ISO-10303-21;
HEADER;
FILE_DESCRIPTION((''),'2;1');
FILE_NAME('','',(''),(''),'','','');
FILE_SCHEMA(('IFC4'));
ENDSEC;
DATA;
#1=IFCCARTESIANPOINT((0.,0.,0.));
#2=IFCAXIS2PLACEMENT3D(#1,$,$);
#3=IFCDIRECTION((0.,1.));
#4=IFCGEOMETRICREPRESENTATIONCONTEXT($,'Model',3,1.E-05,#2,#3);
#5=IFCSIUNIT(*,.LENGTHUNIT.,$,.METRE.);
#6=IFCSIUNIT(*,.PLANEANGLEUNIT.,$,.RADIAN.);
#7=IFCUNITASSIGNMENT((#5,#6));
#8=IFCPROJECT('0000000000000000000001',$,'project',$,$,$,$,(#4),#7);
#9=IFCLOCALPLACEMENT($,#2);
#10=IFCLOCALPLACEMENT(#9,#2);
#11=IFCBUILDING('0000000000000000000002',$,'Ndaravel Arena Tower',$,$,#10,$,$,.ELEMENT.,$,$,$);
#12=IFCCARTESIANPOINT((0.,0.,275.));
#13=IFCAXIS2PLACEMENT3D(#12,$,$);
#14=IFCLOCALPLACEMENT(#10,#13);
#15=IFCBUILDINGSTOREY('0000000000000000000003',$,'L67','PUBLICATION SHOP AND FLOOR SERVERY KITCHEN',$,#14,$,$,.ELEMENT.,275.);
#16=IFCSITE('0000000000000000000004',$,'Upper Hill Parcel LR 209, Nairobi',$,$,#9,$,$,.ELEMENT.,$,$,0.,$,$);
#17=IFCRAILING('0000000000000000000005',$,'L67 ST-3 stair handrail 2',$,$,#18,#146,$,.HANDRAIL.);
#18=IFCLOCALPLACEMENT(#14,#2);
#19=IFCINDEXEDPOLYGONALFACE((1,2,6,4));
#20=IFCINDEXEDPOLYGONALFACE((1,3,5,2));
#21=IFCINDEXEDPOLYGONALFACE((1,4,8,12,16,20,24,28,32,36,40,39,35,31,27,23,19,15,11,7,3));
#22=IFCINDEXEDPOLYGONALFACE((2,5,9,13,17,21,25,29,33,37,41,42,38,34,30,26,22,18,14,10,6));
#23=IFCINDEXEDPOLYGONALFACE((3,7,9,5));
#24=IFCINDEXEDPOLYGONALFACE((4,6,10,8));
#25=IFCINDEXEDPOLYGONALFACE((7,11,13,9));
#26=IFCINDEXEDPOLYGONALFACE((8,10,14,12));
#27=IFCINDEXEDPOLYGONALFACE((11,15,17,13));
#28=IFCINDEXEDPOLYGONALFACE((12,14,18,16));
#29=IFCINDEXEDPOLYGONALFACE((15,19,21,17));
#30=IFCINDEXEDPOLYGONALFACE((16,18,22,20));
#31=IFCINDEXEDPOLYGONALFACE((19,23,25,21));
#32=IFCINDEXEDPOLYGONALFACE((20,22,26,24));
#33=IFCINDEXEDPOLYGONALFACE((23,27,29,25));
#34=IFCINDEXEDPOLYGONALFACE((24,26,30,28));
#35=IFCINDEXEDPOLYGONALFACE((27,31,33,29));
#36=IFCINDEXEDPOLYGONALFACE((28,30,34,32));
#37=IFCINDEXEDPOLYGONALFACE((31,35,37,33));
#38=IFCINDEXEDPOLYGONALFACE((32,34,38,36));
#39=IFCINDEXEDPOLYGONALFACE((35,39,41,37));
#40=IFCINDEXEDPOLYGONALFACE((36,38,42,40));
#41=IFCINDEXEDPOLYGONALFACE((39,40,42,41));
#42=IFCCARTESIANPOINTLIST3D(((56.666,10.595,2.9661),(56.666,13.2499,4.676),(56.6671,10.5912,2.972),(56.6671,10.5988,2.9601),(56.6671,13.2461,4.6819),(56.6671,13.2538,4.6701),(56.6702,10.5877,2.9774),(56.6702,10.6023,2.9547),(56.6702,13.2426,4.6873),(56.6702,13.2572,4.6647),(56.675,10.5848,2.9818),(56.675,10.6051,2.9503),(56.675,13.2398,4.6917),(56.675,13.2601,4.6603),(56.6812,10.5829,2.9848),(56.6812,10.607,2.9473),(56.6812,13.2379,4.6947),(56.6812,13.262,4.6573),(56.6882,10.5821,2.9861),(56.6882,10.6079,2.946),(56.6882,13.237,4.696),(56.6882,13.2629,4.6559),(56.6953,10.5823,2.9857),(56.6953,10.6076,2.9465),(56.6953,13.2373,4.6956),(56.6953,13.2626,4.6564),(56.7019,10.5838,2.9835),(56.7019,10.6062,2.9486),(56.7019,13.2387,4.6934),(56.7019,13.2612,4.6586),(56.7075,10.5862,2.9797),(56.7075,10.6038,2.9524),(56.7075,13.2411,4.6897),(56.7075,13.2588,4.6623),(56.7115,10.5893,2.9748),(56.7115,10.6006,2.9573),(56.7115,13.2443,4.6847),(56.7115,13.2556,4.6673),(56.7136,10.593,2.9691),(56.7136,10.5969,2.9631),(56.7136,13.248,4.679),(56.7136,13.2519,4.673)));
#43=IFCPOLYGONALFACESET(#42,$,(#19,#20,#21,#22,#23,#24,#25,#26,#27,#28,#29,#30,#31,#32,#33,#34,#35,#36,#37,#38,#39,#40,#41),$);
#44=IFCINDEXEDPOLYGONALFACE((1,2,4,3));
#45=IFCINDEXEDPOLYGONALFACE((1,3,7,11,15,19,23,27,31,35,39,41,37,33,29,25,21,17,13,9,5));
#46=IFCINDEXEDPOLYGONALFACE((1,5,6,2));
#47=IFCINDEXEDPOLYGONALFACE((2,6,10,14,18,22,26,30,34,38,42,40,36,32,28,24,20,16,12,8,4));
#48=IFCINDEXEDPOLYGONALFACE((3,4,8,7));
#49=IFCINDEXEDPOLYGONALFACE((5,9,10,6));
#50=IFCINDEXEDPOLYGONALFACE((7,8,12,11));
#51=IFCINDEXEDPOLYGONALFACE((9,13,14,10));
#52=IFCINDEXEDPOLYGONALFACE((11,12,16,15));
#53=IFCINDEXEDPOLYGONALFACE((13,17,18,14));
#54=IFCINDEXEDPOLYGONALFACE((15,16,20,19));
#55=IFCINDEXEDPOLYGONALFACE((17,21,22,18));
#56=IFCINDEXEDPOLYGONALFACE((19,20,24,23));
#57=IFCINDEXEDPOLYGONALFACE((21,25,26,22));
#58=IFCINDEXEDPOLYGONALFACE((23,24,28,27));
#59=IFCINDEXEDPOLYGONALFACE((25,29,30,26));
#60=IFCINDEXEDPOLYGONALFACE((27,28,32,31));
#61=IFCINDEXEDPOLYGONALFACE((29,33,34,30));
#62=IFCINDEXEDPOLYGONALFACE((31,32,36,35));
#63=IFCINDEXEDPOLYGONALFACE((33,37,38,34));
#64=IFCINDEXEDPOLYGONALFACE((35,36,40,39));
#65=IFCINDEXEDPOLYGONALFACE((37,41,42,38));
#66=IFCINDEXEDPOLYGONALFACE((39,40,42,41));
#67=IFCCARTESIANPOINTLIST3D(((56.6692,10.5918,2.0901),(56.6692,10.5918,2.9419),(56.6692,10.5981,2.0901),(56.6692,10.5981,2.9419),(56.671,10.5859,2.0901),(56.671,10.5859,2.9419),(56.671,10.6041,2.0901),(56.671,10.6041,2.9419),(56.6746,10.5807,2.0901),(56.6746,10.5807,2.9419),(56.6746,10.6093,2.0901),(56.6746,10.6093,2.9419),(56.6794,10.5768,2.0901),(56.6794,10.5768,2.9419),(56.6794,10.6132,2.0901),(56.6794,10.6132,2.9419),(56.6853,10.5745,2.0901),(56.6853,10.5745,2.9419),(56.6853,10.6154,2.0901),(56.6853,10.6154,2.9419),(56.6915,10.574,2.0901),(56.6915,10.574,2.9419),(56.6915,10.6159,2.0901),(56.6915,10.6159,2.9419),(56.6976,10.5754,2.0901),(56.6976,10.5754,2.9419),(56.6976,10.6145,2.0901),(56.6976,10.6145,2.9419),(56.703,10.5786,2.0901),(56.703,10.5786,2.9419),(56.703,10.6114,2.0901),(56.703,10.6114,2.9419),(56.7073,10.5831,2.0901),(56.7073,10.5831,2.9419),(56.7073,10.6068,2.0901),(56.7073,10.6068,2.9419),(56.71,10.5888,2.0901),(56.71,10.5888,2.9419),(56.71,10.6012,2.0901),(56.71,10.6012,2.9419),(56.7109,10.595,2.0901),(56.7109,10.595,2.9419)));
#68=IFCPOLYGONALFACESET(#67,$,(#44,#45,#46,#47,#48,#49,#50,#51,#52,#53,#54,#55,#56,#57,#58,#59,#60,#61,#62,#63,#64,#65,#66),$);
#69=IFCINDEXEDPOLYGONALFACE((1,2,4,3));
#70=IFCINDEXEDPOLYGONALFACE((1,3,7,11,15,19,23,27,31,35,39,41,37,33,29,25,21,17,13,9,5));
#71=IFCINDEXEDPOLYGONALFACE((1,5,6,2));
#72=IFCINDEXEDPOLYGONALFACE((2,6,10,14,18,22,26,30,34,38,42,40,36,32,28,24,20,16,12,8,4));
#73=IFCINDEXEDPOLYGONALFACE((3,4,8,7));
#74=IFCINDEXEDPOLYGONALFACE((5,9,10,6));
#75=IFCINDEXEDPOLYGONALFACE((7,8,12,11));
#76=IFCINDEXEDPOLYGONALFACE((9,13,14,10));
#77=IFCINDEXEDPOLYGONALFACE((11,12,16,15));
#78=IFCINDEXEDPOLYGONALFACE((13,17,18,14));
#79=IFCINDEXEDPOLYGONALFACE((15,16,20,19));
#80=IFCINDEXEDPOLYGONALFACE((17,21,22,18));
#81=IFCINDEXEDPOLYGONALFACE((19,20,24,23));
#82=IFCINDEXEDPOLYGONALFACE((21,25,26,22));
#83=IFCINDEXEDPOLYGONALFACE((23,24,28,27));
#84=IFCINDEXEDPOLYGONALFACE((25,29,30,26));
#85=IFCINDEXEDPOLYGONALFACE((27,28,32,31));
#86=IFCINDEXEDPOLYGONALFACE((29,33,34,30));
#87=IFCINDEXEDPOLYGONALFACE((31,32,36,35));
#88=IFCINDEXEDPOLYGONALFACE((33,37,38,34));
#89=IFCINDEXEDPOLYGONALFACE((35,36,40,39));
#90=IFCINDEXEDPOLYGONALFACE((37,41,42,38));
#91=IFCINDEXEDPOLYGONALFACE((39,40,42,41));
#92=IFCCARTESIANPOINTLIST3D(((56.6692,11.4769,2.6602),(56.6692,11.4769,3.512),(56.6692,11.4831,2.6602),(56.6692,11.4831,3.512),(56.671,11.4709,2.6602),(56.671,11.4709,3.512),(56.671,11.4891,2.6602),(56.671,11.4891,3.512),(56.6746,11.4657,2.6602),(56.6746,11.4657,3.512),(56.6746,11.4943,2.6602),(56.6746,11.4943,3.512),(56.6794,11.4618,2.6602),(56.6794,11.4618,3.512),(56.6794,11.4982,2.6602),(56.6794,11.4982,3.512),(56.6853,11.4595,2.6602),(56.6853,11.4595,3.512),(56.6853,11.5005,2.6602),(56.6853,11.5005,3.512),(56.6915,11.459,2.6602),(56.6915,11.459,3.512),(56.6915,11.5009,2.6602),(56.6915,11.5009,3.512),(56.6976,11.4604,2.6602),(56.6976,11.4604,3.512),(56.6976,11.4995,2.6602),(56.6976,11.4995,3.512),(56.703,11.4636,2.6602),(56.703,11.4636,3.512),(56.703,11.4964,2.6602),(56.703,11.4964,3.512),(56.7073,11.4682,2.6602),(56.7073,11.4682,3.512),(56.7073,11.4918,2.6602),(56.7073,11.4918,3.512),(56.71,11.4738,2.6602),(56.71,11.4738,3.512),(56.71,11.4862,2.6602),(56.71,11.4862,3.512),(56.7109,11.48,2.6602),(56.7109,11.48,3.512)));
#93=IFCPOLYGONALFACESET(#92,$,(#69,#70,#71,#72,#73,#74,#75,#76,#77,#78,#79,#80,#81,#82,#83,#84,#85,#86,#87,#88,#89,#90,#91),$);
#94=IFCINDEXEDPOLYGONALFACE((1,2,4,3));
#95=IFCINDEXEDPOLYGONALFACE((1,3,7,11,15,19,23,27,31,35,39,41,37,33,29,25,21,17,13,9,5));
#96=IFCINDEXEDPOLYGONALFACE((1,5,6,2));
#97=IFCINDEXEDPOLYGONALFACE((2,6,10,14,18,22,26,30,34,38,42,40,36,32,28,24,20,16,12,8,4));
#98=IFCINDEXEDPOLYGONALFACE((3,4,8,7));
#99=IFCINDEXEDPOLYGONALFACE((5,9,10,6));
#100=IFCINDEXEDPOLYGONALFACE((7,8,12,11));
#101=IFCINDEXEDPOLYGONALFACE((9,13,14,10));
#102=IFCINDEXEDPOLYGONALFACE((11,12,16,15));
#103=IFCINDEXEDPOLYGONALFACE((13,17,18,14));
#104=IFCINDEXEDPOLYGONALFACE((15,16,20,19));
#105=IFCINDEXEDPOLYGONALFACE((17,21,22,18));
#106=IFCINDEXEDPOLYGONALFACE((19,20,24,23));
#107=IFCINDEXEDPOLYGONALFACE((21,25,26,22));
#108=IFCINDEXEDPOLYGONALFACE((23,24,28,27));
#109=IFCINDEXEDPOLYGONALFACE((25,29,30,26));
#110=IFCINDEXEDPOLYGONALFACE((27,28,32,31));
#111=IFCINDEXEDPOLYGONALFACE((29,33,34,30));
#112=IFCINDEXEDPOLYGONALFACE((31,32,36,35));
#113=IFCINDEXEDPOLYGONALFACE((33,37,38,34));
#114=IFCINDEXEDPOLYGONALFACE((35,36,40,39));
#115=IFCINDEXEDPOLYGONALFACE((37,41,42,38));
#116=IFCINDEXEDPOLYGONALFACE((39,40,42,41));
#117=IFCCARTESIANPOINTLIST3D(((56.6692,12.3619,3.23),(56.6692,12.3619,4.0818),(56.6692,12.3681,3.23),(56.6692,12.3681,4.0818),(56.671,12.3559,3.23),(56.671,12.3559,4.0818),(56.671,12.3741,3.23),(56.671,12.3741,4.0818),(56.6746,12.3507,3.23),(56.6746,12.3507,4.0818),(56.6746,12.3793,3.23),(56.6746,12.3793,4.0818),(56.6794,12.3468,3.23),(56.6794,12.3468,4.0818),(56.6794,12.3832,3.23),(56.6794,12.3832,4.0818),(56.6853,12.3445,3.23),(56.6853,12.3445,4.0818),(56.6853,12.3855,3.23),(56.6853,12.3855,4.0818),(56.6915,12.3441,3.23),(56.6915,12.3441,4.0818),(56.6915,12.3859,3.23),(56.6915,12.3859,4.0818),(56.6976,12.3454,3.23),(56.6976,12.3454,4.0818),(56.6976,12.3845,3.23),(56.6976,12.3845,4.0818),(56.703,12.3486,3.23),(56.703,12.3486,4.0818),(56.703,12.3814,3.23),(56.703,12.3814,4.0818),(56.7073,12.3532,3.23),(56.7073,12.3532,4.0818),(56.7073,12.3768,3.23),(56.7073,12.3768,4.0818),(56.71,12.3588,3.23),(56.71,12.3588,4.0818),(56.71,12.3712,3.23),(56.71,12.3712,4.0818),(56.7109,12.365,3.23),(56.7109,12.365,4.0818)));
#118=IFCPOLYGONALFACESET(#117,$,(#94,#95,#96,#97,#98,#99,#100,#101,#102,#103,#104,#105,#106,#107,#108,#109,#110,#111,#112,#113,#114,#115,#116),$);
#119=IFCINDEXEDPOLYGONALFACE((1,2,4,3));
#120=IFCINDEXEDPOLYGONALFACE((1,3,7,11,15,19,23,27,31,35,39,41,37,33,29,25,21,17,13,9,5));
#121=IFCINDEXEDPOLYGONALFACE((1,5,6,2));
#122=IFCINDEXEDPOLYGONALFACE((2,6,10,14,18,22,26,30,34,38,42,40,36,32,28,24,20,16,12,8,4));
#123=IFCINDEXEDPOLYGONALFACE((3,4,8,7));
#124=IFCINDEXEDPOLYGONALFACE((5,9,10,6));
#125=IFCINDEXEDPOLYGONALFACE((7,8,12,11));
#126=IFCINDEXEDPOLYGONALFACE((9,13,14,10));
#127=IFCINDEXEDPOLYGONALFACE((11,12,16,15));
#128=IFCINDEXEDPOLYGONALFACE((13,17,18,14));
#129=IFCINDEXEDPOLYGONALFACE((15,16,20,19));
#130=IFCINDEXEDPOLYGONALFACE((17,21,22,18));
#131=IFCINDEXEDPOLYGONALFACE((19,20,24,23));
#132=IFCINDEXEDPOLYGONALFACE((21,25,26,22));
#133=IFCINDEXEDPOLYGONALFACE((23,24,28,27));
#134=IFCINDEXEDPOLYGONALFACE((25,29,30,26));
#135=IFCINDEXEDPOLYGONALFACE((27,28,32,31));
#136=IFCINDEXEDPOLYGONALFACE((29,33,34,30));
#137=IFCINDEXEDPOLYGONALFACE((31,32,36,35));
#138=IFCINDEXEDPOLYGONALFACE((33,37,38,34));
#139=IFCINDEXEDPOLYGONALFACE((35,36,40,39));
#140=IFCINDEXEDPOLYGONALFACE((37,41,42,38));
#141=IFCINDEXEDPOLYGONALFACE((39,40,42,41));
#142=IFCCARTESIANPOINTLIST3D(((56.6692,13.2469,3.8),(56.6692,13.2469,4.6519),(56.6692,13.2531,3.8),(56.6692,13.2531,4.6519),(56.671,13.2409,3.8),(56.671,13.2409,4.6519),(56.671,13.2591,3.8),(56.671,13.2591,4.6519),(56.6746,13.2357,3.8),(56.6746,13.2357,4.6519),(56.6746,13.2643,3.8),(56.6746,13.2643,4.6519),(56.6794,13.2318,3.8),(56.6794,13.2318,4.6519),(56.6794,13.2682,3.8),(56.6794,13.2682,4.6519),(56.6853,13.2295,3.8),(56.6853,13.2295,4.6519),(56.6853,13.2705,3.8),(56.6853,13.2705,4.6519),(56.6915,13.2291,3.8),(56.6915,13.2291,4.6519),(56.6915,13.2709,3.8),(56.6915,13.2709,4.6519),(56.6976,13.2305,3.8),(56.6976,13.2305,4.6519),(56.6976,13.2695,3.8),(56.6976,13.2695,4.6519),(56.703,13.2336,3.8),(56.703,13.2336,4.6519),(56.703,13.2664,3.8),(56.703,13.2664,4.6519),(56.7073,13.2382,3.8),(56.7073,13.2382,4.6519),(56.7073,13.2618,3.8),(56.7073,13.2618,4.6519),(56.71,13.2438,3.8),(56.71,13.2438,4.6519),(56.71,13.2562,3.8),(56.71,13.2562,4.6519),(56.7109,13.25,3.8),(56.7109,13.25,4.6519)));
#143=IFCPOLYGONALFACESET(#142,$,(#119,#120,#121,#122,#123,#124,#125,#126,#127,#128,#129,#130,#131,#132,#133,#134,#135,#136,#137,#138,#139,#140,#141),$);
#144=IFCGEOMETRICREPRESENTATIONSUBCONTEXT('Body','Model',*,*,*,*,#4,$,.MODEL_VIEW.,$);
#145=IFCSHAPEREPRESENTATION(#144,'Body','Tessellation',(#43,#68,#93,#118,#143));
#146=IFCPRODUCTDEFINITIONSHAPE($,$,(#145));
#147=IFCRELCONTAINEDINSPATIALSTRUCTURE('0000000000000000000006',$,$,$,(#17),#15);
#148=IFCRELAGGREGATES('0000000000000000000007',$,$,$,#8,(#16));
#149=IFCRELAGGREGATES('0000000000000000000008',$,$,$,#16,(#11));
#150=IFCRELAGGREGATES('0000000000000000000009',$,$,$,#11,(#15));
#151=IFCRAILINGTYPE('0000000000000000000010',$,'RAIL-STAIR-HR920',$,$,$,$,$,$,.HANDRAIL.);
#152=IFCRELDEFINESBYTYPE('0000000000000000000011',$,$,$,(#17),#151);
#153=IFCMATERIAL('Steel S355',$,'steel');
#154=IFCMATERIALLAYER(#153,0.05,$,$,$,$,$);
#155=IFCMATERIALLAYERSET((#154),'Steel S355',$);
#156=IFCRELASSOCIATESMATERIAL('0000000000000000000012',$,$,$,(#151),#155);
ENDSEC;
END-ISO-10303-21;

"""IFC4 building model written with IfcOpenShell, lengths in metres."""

from ifc_helpers import new_model, si_unit, direction, frame, origin, origin_2d, place, context, subcontext, project, spatial, circle, extrude, material, layer, layer_set, type_object, element, save


model = new_model("IFC4")

# Units and contexts
model_context = context("Model", 3, precision=1e-05, world=origin(), true_north=direction((0.0, 1.0)))
body_context = subcontext(model_context, "Body", "Model", "MODEL_VIEW")
ifc_project = project(units=[si_unit("LENGTHUNIT", "METRE"), si_unit("PLANEANGLEUNIT", "RADIAN")], contexts=[model_context])

# Site, building, storey
site_placement = place(None, origin())
site = spatial("IfcSite", under=ifc_project, at=site_placement, Name="Upper Hill Parcel LR 209, Nairobi", CompositionType="ELEMENT", RefElevation=0.0)
building_placement = place(site_placement, origin())
building = spatial("IfcBuilding", under=site, at=building_placement, Name="Ndaravel Arena Tower", CompositionType="ELEMENT")
storey_placement = place(building_placement, frame((0.0, 0.0, 275.0)))
storey = spatial("IfcBuildingStorey", under=building, at=storey_placement, Name="L67", Description="PUBLICATION SHOP AND FLOOR SERVERY KITCHEN", CompositionType="ELEMENT", Elevation=275.0)

# Railing
ifc_material_1 = material(Name="Steel S355", Category="steel")
ifc_layer_1 = layer(ifc_material_1, 0.05)
ifc_layer_set_1 = layer_set([ifc_layer_1], Name="Steel S355")
railing_type_1 = type_object("IfcRailingType", Name="RAIL-STAIR-HR920", PredefinedType="HANDRAIL", material=ifc_layer_set_1)
railing_1_placement = place(storey_placement, frame((56.6899, 10.595, 2.0901)))
element("IfcRailing", 1, at=railing_1_placement, inside=storey, type_object=railing_type_1, Name="L67 ST-3 stair handrail 2", PredefinedType="HANDRAIL", context=body_context, shape_type="SweptSolid", body=[
    extrude(circle(Radius=0.0239, at=origin_2d()), frame((0.0, 0.0, 0.876), z_axis=(0.0, 0.840724, 0.541465), x_axis=(-1.0, 0.0, 0.0)), (0.0, 0.0, 1.0), 3.158),
    extrude(circle(Radius=0.021, at=origin_2d()), origin(), (0.0, 0.0, 1.0), 0.8518),
    extrude(circle(Radius=0.021, at=origin_2d()), frame((0.0, 0.885, 0.5701)), (0.0, 0.0, 1.0), 0.8518),
    extrude(circle(Radius=0.021, at=origin_2d()), frame((0.0, 1.77, 1.1399)), (0.0, 0.0, 1.0), 0.8518),
    extrude(circle(Radius=0.021, at=origin_2d()), frame((0.0, 2.655, 1.71)), (0.0, 0.0, 1.0), 0.8518),
])

save(model, "model.ifc")
